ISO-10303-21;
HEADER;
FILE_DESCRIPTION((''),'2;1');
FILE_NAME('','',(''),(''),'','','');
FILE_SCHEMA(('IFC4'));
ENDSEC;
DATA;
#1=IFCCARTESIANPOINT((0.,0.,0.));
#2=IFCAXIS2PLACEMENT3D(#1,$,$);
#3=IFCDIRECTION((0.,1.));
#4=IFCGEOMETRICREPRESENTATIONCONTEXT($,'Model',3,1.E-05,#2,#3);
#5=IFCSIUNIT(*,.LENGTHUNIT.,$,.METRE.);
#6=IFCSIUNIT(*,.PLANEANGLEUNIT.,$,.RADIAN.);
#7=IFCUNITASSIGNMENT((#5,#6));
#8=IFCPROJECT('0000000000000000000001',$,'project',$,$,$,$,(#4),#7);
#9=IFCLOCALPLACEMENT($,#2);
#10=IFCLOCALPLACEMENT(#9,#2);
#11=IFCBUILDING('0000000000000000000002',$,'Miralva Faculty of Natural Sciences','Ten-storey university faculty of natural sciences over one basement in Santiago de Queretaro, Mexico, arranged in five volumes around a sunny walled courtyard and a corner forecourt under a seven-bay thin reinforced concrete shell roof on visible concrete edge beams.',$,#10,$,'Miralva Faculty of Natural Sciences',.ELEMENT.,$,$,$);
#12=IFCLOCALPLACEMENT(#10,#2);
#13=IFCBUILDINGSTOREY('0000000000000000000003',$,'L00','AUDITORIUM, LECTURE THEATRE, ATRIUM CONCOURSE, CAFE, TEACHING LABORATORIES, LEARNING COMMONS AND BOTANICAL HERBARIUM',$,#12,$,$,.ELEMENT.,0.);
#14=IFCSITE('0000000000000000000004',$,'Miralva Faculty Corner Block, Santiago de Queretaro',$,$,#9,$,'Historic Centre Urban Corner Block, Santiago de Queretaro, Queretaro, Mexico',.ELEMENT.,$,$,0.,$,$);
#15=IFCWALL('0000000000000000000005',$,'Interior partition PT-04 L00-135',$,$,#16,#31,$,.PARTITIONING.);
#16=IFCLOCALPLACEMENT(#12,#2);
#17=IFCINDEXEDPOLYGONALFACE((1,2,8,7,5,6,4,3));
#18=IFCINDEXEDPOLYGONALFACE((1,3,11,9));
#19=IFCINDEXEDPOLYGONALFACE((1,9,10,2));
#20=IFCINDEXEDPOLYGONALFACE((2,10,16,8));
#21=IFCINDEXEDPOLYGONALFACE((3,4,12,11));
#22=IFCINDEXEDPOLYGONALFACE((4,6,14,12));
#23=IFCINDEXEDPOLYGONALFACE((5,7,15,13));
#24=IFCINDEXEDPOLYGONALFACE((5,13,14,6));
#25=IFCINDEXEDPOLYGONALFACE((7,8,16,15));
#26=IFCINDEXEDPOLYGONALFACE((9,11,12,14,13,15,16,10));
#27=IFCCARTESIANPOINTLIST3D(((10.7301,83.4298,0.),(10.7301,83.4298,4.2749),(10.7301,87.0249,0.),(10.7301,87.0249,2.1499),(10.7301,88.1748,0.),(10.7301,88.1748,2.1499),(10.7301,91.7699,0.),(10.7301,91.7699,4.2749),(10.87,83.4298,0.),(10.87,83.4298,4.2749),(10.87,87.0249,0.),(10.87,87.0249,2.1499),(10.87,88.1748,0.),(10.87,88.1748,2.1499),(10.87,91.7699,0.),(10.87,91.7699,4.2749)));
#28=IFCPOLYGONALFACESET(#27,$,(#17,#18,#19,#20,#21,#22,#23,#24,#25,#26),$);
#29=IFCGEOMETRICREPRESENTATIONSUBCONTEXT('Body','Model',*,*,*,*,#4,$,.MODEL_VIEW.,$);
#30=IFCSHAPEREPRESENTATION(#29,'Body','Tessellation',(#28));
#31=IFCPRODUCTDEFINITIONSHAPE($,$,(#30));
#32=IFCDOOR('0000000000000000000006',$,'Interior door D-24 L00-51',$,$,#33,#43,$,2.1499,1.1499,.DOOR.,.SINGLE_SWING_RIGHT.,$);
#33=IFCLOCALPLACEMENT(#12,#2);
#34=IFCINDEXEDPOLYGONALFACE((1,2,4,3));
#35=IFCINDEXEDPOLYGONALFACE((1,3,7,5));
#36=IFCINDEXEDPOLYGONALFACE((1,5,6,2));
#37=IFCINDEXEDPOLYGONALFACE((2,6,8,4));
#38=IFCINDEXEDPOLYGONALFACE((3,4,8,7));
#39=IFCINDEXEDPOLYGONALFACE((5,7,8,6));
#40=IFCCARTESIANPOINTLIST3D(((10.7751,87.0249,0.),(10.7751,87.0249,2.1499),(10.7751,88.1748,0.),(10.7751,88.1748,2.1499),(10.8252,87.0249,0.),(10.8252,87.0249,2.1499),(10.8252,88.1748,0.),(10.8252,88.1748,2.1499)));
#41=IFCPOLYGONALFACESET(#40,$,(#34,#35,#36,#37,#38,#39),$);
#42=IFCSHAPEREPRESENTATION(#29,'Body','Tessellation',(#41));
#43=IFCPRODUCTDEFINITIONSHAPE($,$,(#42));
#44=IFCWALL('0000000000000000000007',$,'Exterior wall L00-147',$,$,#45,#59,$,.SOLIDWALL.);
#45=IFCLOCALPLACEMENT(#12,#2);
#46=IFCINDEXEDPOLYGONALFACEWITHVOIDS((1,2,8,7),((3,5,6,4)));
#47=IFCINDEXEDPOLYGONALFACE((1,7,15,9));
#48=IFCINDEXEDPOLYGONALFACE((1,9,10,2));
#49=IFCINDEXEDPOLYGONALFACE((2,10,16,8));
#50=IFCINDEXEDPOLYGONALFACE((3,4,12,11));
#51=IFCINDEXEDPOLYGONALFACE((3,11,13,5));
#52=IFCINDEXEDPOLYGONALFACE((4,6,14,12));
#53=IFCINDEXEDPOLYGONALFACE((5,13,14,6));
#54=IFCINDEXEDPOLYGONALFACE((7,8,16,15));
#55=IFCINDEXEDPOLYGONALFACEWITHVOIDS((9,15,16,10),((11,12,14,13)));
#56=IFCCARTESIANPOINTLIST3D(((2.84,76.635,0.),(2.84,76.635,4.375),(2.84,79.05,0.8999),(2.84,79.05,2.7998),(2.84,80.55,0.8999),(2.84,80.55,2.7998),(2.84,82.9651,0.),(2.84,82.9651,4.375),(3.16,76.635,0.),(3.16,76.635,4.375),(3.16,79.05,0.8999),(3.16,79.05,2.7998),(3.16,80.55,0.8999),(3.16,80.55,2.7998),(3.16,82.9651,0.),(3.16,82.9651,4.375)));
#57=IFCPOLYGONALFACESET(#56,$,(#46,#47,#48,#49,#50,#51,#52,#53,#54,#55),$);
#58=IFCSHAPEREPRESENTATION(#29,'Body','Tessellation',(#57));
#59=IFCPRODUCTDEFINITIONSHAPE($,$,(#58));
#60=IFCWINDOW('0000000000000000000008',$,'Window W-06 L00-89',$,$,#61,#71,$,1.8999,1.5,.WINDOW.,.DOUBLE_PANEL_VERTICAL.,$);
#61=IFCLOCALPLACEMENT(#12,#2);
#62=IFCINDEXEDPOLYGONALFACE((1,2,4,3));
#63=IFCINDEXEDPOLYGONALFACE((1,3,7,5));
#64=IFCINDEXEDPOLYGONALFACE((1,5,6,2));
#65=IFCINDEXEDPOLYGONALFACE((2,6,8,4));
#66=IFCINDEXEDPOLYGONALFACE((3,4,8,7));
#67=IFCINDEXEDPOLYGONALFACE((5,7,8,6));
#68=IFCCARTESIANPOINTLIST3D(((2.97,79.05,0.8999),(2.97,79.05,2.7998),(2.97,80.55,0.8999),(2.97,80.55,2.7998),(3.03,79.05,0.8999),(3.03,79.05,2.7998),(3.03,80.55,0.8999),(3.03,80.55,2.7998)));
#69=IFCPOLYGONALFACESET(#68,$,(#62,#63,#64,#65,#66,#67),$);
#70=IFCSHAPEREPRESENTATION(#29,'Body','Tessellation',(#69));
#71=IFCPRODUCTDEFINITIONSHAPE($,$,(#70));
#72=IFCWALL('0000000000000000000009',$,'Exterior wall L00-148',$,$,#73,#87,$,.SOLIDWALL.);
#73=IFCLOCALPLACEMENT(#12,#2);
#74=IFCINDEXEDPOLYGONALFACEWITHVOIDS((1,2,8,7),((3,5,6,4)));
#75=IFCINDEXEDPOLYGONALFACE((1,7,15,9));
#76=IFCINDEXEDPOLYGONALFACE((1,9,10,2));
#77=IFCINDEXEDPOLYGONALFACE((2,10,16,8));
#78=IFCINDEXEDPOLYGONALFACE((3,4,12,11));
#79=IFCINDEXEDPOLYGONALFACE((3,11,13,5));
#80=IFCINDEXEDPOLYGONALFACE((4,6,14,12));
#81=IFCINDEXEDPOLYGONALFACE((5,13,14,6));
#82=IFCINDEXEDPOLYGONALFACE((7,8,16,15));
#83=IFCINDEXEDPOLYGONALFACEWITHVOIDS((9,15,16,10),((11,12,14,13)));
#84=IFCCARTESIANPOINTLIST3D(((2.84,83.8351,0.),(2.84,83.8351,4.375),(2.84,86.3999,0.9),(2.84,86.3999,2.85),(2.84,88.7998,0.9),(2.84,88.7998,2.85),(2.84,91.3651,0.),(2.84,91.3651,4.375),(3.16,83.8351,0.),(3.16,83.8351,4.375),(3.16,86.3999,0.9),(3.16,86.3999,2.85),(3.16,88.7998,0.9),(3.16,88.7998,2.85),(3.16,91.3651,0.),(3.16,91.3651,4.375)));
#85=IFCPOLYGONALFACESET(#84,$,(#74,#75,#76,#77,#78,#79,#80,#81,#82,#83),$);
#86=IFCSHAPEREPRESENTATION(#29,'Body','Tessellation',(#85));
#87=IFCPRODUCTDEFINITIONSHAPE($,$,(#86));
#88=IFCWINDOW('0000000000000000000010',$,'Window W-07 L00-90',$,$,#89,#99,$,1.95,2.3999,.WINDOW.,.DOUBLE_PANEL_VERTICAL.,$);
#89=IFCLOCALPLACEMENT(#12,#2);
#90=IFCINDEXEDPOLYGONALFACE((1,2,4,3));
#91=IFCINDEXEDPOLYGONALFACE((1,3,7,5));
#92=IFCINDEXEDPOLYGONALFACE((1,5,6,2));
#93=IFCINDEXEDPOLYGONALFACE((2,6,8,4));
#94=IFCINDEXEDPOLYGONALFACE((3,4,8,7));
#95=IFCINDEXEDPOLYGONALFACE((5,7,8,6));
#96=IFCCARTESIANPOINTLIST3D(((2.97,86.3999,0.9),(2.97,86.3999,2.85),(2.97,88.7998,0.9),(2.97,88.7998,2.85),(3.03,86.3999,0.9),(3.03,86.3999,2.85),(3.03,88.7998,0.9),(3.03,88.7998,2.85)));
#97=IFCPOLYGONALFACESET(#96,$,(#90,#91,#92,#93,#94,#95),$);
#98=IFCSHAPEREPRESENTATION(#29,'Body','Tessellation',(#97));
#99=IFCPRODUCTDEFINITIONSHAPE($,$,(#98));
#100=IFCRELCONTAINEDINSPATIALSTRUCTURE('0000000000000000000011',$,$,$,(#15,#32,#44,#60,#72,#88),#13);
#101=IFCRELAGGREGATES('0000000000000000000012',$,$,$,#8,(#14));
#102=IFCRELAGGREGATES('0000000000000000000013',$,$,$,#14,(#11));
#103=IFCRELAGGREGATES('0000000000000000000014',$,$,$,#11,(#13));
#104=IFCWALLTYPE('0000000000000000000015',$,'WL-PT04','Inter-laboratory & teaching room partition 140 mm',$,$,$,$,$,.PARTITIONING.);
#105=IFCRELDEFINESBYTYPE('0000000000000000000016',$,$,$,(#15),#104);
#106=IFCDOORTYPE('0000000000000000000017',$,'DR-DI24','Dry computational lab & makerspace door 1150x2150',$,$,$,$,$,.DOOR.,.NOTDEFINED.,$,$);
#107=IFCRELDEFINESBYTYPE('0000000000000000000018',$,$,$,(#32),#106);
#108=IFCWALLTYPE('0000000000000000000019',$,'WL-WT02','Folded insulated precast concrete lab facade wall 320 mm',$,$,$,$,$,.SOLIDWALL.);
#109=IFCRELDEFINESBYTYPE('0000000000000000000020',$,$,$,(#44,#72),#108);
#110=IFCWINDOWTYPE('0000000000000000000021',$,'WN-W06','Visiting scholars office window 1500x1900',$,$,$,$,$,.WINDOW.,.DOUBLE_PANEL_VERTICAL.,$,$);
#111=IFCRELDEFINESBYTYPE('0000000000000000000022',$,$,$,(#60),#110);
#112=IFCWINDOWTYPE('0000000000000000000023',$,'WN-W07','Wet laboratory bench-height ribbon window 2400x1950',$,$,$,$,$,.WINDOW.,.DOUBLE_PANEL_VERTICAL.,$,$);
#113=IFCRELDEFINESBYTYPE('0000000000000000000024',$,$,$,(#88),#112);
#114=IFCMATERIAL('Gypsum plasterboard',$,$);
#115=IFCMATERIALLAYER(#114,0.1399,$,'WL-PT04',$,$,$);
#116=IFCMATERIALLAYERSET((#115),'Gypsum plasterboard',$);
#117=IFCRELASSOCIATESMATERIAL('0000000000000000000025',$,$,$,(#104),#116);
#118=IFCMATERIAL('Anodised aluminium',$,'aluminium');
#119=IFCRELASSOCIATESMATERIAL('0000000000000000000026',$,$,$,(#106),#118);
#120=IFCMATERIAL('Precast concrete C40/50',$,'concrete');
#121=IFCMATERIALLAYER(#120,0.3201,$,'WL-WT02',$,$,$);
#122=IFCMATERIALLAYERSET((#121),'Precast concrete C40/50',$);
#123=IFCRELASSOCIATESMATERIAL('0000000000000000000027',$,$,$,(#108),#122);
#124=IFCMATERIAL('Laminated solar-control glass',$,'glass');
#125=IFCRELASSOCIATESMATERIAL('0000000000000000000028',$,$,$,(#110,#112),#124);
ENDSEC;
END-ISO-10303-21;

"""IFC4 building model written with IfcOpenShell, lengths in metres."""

from ifc_helpers import new_model, si_unit, direction, frame, frame_2d, origin, place, context, subcontext, project, spatial, rectangle, extrude, material, layer, layer_set, type_object, element, fill, save


model = new_model("IFC4")

# Units and contexts
model_context = context("Model", 3, precision=1e-05, world=origin(), true_north=direction((0.0, 1.0)))
body_context = subcontext(model_context, "Body", "Model", "MODEL_VIEW")
ifc_project = project(units=[si_unit("LENGTHUNIT", "METRE"), si_unit("PLANEANGLEUNIT", "RADIAN")], contexts=[model_context])

# Site, building, storey
site_placement = place(None, origin())
site = spatial("IfcSite", under=ifc_project, at=site_placement, Name="Miralva Faculty Corner Block, Santiago de Queretaro", LongName="Historic Centre Urban Corner Block, Santiago de Queretaro, Queretaro, Mexico", CompositionType="ELEMENT", RefElevation=0.0)
building_placement = place(site_placement, origin())
building = spatial("IfcBuilding", under=site, at=building_placement, Name="Miralva Faculty of Natural Sciences", Description="Ten-storey university faculty of natural sciences over one basement in Santiago de Queretaro, Mexico, arranged in five volumes around a sunny walled courtyard and a corner forecourt under a seven-bay thin reinforced concrete shell roof on visible concrete edge beams.", LongName="Miralva Faculty of Natural Sciences", CompositionType="ELEMENT")
storey_placement = place(building_placement, origin())
storey = spatial("IfcBuildingStorey", under=building, at=storey_placement, Name="L00", Description="AUDITORIUM, LECTURE THEATRE, ATRIUM CONCOURSE, CAFE, TEACHING LABORATORIES, LEARNING COMMONS AND BOTANICAL HERBARIUM", CompositionType="ELEMENT", Elevation=0.0)

# Shared definitions
ifc_material_1 = material(Name="Gypsum plasterboard")
ifc_layer_1 = layer(ifc_material_1, 0.1399, Name="WL-PT04")
ifc_layer_set_1 = layer_set([ifc_layer_1], Name="Gypsum plasterboard")
wall_type_1 = type_object("IfcWallType", Name="WL-PT04", Description="Inter-laboratory & teaching room partition 140 mm", PredefinedType="PARTITIONING", material=ifc_layer_set_1)

# Wall, opening, door
wall_1_placement = place(storey_placement, frame((10.8, 83.4299, 0.0), z_axis=(0.0, 0.0, 1.0), x_axis=(0.0, 1.0, 0.0)))
wall_1 = element("IfcWall", 1, at=wall_1_placement, inside=storey, type_object=wall_type_1, Name="Interior partition PT-04 L00-135", PredefinedType="PARTITIONING", context=body_context, shape_type="SweptSolid", body=[
    extrude(rectangle(XDim=8.3401, YDim=0.1399, at=frame_2d((4.1699, 0.0))), origin(), (0.0, 0.0, 1.0), 4.2749),
])
opening_1_placement = place(wall_1_placement, frame((3.595, 0.0, 0.0)))
opening_1 = element("IfcOpeningElement", 2, at=opening_1_placement, cuts=wall_1, PredefinedType="OPENING", context=body_context, shape_type="SweptSolid", body=[
    extrude(rectangle(XDim=1.1499, YDim=2.1499, at=frame_2d((0.575, 1.075))), frame((0.0, 0.0798, 0.0), z_axis=(0.0, -1.0, 0.0), x_axis=(1.0, 0.0, 0.0)), (0.0, 0.0, 1.0), 0.1599),
])
ifc_material_2 = material(Name="Anodised aluminium", Category="aluminium")
door_type = type_object("IfcDoorType", Name="DR-DI24", Description="Dry computational lab & makerspace door 1150x2150", OperationType="NOTDEFINED", PredefinedType="DOOR", material=ifc_material_2)
door_placement = place(opening_1_placement, origin())
door = element("IfcDoor", 3, at=door_placement, inside=storey, type_object=door_type, Name="Interior door D-24 L00-51", OperationType="SINGLE_SWING_RIGHT", OverallHeight=2.1499, OverallWidth=1.1499, PredefinedType="DOOR", context=body_context, shape_type="SweptSolid", body=[
    extrude(rectangle(XDim=1.1499, YDim=2.1499, at=frame_2d((0.575, 1.075))), frame((0.0, 0.0249, 0.0), z_axis=(0.0, -1.0, 0.0), x_axis=(1.0, 0.0, 0.0)), (0.0, 0.0, 1.0), 0.05),
])
fill(opening_1, door)

# Walls, openings, windows
ifc_material_3 = material(Name="Precast concrete C40/50", Category="concrete")
ifc_layer_2 = layer(ifc_material_3, 0.3201, Name="WL-WT02")
ifc_layer_set_2 = layer_set([ifc_layer_2], Name="Precast concrete C40/50")
wall_type_2 = type_object("IfcWallType", Name="WL-WT02", Description="Folded insulated precast concrete lab facade wall 320 mm", PredefinedType="SOLIDWALL", material=ifc_layer_set_2)
wall_2_placement = place(storey_placement, frame((3.0, 76.635, 0.0), z_axis=(0.0, 0.0, 1.0), x_axis=(0.0, 1.0, 0.0)))
wall_2 = element("IfcWall", 4, at=wall_2_placement, inside=storey, type_object=wall_type_2, Name="Exterior wall L00-147", PredefinedType="SOLIDWALL", context=body_context, shape_type="SweptSolid", body=[
    extrude(rectangle(XDim=6.3301, YDim=0.3201, at=frame_2d((3.165, 0.0))), origin(), (0.0, 0.0, 1.0), 4.375),
])
opening_2_placement = place(wall_2_placement, frame((2.415, 0.0, 0.8999)))
opening_2 = element("IfcOpeningElement", 5, at=opening_2_placement, cuts=wall_2, PredefinedType="OPENING", context=body_context, shape_type="SweptSolid", body=[
    extrude(rectangle(XDim=1.5, YDim=1.8999, at=frame_2d((0.75, 0.95))), frame((0.0, 0.1699, 0.0), z_axis=(0.0, -1.0, 0.0), x_axis=(1.0, 0.0, 0.0)), (0.0, 0.0, 1.0), 0.3401),
])
ifc_material_4 = material(Name="Laminated solar-control glass", Category="glass")
window_type_1 = type_object("IfcWindowType", Name="WN-W06", Description="Visiting scholars office window 1500x1900", PartitioningType="DOUBLE_PANEL_VERTICAL", PredefinedType="WINDOW", material=ifc_material_4)
window_1_placement = place(opening_2_placement, origin())
window_1 = element("IfcWindow", 6, at=window_1_placement, inside=storey, type_object=window_type_1, Name="Window W-06 L00-89", OverallHeight=1.8999, OverallWidth=1.5, PartitioningType="DOUBLE_PANEL_VERTICAL", PredefinedType="WINDOW", context=body_context, shape_type="SweptSolid", body=[
    extrude(rectangle(XDim=1.5, YDim=1.8999, at=frame_2d((0.75, 0.95))), frame((0.0, 0.03, 0.0), z_axis=(0.0, -1.0, 0.0), x_axis=(1.0, 0.0, 0.0)), (0.0, 0.0, 1.0), 0.0601),
])
fill(opening_2, window_1)
wall_3_placement = place(storey_placement, frame((3.0, 83.835, 0.0), z_axis=(0.0, 0.0, 1.0), x_axis=(0.0, 1.0, 0.0)))
wall_3 = element("IfcWall", 7, at=wall_3_placement, inside=storey, type_object=wall_type_2, Name="Exterior wall L00-148", PredefinedType="SOLIDWALL", context=body_context, shape_type="SweptSolid", body=[
    extrude(rectangle(XDim=7.53, YDim=0.3201, at=frame_2d((3.7651, 0.0))), origin(), (0.0, 0.0, 1.0), 4.375),
])
opening_3_placement = place(wall_3_placement, frame((2.5649, 0.0, 0.8999)))
opening_3 = element("IfcOpeningElement", 8, at=opening_3_placement, cuts=wall_3, PredefinedType="OPENING", context=body_context, shape_type="SweptSolid", body=[
    extrude(rectangle(XDim=2.3999, YDim=1.95, at=frame_2d((1.2, 0.9751))), frame((0.0, 0.1699, 0.0), z_axis=(0.0, -1.0, 0.0), x_axis=(1.0, 0.0, 0.0)), (0.0, 0.0, 1.0), 0.3401),
])
window_type_2 = type_object("IfcWindowType", Name="WN-W07", Description="Wet laboratory bench-height ribbon window 2400x1950", PartitioningType="DOUBLE_PANEL_VERTICAL", PredefinedType="WINDOW", material=ifc_material_4)
window_2_placement = place(opening_3_placement, origin())
window_2 = element("IfcWindow", 9, at=window_2_placement, inside=storey, type_object=window_type_2, Name="Window W-07 L00-90", OverallHeight=1.95, OverallWidth=2.3999, PartitioningType="DOUBLE_PANEL_VERTICAL", PredefinedType="WINDOW", context=body_context, shape_type="SweptSolid", body=[
    extrude(rectangle(XDim=2.3999, YDim=1.95, at=frame_2d((1.2, 0.9751))), frame((0.0, 0.03, 0.0), z_axis=(0.0, -1.0, 0.0), x_axis=(1.0, 0.0, 0.0)), (0.0, 0.0, 1.0), 0.0601),
])
fill(opening_3, window_2)

save(model, "model.ifc")
